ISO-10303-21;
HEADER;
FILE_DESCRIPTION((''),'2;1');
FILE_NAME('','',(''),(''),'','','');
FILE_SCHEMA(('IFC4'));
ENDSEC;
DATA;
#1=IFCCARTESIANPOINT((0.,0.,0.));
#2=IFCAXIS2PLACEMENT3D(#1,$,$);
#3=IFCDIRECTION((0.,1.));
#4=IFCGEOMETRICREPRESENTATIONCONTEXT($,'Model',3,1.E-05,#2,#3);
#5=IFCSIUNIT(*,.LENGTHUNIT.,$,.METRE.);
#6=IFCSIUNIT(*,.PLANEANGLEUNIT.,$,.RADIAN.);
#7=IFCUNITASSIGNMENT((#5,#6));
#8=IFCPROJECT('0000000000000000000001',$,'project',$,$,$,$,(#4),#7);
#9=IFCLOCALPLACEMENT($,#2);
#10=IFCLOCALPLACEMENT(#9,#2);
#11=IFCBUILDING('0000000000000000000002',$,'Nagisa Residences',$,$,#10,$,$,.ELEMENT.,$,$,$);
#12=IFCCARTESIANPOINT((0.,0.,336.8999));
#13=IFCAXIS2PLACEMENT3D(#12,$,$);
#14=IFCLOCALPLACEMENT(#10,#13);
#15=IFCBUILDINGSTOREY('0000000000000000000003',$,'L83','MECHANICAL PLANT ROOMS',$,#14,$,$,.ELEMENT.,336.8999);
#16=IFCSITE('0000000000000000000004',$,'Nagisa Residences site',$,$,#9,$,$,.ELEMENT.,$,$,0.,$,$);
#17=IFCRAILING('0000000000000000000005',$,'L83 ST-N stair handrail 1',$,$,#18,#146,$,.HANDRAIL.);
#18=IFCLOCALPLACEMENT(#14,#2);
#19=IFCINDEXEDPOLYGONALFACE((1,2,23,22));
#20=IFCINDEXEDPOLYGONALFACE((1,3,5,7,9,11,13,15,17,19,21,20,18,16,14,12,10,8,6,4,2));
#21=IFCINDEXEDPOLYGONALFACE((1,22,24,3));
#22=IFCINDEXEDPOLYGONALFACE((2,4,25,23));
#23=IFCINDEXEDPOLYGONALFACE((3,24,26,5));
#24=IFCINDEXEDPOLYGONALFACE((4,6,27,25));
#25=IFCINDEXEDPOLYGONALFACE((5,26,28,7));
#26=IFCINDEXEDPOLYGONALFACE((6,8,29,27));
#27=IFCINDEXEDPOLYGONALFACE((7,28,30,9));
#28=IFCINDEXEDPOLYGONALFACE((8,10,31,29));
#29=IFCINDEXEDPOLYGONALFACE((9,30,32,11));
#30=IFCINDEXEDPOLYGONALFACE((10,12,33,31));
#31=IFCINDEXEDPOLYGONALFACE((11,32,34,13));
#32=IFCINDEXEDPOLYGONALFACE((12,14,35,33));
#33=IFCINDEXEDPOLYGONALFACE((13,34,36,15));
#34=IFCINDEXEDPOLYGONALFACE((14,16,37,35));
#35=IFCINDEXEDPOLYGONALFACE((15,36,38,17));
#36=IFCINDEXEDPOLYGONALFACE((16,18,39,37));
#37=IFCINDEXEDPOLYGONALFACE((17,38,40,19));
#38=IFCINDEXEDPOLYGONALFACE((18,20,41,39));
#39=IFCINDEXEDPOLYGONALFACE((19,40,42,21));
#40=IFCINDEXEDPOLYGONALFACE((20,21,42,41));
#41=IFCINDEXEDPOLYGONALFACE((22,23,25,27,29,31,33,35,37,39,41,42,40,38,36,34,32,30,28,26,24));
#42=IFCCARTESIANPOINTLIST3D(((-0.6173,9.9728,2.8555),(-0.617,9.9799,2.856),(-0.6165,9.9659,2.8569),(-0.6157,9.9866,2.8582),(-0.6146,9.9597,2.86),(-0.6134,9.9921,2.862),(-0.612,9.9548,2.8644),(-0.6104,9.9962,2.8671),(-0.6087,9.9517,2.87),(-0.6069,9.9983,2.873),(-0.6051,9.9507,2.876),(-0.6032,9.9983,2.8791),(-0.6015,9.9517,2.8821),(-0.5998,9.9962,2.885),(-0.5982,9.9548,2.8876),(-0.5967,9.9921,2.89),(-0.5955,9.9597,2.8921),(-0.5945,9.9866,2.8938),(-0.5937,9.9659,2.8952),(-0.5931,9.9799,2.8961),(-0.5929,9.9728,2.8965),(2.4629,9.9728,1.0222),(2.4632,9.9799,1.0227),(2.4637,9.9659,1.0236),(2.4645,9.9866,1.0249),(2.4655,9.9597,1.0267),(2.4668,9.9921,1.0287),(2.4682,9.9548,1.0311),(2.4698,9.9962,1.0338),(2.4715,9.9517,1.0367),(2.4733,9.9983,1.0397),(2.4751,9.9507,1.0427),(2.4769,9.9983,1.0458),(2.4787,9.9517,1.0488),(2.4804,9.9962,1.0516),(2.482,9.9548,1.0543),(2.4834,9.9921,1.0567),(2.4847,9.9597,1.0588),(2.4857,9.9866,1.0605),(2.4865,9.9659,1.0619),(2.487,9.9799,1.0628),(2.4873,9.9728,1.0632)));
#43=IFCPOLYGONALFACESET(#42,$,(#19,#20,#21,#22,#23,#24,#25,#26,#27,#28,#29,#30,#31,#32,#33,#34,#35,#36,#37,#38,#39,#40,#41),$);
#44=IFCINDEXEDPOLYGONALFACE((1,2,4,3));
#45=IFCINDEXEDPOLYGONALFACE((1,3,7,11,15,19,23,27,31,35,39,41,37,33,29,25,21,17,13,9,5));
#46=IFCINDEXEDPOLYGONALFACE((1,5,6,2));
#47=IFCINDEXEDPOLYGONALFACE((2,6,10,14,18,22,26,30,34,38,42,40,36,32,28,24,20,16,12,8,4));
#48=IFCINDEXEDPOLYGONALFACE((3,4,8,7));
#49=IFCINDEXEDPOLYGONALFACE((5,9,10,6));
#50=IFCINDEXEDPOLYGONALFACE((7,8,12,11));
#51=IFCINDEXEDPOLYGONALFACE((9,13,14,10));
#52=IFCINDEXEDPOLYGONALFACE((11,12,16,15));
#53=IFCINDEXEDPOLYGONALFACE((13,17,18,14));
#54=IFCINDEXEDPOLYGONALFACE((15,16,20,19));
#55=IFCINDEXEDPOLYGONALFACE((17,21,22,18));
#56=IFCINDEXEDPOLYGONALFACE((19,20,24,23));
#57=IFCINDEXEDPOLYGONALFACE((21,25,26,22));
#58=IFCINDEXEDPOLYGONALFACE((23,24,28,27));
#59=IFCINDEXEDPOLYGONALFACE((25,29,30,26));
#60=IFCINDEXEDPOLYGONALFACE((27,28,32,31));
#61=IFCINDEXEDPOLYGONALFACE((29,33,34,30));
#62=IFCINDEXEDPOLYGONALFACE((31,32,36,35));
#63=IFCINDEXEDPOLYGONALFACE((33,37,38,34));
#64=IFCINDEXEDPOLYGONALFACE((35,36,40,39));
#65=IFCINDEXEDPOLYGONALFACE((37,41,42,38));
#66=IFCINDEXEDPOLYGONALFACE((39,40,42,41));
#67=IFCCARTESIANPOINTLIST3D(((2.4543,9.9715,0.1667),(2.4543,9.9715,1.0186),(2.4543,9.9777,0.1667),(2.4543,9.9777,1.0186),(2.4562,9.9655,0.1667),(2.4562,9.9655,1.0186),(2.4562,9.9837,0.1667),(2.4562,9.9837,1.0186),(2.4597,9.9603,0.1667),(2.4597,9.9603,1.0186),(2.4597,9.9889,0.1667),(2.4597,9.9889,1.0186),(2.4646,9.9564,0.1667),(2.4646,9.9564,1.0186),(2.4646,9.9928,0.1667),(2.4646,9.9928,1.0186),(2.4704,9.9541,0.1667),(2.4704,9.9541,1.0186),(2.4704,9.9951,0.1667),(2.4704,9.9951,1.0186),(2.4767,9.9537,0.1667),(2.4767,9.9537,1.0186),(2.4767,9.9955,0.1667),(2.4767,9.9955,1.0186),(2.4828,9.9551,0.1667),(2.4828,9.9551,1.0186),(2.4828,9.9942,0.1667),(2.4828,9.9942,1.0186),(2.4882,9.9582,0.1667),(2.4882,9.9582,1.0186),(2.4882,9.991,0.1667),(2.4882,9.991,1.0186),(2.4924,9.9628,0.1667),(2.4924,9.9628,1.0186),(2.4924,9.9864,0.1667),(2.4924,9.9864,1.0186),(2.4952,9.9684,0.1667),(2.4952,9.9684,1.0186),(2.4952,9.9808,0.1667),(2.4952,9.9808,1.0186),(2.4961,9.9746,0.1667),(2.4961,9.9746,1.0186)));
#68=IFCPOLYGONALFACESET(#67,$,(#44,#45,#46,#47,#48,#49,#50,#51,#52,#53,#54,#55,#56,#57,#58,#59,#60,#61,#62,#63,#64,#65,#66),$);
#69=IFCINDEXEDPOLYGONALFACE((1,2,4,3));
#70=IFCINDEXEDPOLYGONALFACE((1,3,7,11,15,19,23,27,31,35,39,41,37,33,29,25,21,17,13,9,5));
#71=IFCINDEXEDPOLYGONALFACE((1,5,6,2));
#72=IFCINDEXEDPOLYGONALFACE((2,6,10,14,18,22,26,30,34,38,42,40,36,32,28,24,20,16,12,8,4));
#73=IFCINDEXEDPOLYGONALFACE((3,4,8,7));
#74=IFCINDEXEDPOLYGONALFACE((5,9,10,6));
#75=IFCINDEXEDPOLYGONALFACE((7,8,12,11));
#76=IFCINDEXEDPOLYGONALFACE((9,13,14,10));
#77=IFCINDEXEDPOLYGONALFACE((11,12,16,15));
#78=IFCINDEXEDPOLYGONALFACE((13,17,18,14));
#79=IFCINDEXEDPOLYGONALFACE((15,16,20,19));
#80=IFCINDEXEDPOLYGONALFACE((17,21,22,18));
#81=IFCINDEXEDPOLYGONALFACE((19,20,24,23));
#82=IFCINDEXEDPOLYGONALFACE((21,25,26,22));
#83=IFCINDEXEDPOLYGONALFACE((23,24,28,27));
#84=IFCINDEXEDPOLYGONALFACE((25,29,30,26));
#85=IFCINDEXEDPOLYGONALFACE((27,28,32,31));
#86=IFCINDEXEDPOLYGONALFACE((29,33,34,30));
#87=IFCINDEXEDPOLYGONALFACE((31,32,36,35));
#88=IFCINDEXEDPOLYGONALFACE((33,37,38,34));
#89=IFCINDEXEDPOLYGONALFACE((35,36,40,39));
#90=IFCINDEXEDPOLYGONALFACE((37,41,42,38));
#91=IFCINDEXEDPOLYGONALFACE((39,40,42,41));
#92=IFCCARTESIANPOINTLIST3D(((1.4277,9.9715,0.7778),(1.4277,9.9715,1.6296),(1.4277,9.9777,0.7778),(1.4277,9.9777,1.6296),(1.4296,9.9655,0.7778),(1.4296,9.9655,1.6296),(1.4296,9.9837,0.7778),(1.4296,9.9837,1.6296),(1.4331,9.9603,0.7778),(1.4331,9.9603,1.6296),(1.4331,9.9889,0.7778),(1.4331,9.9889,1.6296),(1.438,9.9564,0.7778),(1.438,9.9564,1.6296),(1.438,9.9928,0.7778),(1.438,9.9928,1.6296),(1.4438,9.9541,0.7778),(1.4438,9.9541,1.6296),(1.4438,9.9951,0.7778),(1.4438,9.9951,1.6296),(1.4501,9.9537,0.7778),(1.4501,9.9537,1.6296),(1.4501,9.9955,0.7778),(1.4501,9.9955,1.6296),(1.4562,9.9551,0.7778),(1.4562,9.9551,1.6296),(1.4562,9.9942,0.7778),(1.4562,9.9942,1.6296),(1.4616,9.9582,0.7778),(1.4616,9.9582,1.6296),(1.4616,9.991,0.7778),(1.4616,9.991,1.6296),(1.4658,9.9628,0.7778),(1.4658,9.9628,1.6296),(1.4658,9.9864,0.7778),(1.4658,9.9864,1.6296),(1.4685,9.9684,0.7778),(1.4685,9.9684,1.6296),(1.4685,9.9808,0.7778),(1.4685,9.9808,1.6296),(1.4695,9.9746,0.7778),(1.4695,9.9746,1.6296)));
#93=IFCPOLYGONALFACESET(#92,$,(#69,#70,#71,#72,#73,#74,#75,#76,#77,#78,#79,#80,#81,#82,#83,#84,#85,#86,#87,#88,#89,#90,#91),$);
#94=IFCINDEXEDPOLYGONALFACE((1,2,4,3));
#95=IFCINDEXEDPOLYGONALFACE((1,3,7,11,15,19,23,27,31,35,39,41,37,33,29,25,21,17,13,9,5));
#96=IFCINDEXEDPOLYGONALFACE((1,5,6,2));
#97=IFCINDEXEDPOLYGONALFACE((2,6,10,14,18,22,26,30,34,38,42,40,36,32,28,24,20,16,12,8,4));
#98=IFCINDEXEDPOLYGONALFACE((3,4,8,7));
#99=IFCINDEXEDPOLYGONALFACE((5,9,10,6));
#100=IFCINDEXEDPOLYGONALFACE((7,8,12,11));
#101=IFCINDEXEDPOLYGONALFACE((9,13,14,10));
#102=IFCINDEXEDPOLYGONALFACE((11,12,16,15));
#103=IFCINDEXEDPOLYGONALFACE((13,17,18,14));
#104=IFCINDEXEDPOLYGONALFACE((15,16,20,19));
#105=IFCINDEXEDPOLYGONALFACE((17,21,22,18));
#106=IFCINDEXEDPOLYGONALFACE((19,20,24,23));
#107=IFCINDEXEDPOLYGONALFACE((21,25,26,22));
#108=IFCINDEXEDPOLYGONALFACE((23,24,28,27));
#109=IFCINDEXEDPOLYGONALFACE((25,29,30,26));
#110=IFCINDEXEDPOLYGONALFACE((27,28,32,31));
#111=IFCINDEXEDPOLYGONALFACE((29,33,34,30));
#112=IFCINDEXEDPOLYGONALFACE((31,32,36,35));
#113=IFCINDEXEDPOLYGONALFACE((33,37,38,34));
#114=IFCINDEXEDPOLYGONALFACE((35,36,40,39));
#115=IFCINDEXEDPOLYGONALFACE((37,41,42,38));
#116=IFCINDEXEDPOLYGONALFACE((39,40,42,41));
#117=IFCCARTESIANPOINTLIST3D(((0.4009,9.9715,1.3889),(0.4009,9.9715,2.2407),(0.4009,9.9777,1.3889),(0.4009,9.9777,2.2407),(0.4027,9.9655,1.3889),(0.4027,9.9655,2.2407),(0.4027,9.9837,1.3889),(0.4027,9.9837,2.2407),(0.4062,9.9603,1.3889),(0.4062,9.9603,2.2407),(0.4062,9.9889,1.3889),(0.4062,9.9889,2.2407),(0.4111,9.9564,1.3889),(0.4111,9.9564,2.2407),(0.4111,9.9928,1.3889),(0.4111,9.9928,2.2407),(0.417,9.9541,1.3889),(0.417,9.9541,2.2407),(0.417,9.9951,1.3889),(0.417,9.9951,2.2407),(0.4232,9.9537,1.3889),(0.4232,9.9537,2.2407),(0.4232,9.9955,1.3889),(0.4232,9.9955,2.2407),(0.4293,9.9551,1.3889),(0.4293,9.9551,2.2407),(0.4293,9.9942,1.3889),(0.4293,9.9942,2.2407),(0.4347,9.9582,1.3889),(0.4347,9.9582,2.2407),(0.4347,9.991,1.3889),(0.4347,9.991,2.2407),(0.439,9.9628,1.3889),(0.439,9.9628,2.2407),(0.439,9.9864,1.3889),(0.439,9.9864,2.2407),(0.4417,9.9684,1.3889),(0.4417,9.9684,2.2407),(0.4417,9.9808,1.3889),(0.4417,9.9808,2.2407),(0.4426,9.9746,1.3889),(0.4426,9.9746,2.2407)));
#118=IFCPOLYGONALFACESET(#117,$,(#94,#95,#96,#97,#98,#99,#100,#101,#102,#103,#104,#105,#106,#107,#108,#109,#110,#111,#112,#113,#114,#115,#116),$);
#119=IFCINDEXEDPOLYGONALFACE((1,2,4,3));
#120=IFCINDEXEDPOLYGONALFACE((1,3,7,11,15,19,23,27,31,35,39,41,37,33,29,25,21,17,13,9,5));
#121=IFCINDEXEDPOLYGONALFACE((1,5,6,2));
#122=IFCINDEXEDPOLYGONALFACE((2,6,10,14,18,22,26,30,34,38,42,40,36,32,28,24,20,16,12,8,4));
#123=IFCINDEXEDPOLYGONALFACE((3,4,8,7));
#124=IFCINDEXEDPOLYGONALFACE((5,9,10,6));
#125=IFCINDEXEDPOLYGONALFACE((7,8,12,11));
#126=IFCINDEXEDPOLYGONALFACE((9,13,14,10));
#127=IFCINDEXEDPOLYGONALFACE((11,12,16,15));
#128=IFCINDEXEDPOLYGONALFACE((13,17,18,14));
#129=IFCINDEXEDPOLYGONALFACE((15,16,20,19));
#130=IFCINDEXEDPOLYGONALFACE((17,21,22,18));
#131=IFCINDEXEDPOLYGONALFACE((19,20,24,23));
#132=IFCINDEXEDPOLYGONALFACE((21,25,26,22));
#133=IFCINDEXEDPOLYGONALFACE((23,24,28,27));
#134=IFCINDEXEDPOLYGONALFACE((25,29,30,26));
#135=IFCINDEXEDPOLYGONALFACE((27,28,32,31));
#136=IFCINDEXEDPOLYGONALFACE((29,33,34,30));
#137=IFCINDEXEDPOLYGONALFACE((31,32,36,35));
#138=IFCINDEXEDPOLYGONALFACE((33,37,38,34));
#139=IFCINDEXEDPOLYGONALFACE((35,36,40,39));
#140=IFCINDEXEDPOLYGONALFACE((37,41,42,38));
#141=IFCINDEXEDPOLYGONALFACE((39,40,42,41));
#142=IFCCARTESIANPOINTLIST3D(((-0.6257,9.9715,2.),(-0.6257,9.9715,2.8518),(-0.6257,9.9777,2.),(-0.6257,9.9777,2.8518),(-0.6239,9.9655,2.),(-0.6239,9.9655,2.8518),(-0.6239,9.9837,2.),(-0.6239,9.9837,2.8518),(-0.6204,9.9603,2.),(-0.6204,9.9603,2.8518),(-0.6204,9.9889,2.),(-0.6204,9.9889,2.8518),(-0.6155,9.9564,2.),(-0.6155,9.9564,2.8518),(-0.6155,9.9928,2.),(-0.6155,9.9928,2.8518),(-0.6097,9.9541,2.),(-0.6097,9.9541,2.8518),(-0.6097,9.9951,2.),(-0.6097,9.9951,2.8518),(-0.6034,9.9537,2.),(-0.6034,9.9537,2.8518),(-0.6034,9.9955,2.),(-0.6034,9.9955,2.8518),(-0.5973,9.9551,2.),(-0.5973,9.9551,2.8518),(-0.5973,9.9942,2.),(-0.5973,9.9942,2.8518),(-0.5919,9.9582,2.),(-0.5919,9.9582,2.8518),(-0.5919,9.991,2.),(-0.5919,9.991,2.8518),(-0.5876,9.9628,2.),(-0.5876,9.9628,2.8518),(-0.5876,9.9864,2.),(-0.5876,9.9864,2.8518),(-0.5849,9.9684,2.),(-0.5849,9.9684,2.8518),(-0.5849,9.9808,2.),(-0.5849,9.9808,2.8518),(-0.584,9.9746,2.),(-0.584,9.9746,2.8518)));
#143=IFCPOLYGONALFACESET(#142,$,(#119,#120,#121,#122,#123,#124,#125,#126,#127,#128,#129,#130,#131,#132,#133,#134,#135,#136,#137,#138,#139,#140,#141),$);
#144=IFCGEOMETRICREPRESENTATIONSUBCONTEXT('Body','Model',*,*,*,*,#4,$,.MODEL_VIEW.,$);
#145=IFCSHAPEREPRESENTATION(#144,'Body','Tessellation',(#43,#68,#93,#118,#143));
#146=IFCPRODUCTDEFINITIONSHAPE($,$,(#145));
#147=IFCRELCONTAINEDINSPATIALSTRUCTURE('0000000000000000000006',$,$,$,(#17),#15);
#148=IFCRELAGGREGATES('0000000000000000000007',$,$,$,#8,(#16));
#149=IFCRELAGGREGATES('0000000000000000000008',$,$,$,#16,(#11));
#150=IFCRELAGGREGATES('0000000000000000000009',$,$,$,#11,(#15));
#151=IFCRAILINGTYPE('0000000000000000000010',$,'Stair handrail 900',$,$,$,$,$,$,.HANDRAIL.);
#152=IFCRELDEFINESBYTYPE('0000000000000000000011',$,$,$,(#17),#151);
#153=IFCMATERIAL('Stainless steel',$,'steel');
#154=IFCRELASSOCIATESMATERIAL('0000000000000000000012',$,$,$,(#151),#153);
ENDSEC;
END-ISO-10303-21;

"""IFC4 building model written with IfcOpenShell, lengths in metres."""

from ifc_helpers import new_model, si_unit, direction, frame, origin, origin_2d, place, context, subcontext, project, spatial, circle, extrude, material, type_object, element, save


model = new_model("IFC4")

# Units and contexts
model_context = context("Model", 3, precision=1e-05, world=origin(), true_north=direction((0.0, 1.0)))
body_context = subcontext(model_context, "Body", "Model", "MODEL_VIEW")
ifc_project = project(units=[si_unit("LENGTHUNIT", "METRE"), si_unit("PLANEANGLEUNIT", "RADIAN")], contexts=[model_context])

# Site, building, storey
site_placement = place(None, origin())
site = spatial("IfcSite", under=ifc_project, at=site_placement, Name="Nagisa Residences site", CompositionType="ELEMENT", RefElevation=0.0)
building_placement = place(site_placement, origin())
building = spatial("IfcBuilding", under=site, at=building_placement, Name="Nagisa Residences", CompositionType="ELEMENT")
storey_placement = place(building_placement, frame((0.0, 0.0, 336.8999)))
storey = spatial("IfcBuildingStorey", under=building, at=storey_placement, Name="L83", Description="MECHANICAL PLANT ROOMS", CompositionType="ELEMENT", Elevation=336.8999)

# Railing
ifc_material_1 = material(Name="Stainless steel", Category="steel")
railing_type = type_object("IfcRailingType", Name="Stair handrail 900", PredefinedType="HANDRAIL", material=ifc_material_1)
railing_placement = place(storey_placement, frame((2.4751, 9.9746, 0.1667)))
element("IfcRailing", 1, at=railing_placement, inside=storey, type_object=railing_type, Name="L83 ST-N stair handrail 1", PredefinedType="HANDRAIL", context=body_context, shape_type="SweptSolid", body=[
    extrude(circle(Radius=0.0239, at=origin_2d()), frame((0.0, 0.0, 0.876), z_axis=(-0.859309, 0.0, 0.511458), x_axis=(0.0, -1.0, 0.0)), (0.0, 0.0, 1.0), 3.5845),
    extrude(circle(Radius=0.021, at=origin_2d()), origin(), (0.0, 0.0, 1.0), 0.8518),
    extrude(circle(Radius=0.021, at=origin_2d()), frame((-1.0266, 0.0, 0.6111)), (0.0, 0.0, 1.0), 0.8518),
    extrude(circle(Radius=0.021, at=origin_2d()), frame((-2.0535, 0.0, 1.2222)), (0.0, 0.0, 1.0), 0.8518),
    extrude(circle(Radius=0.021, at=origin_2d()), frame((-3.0801, 0.0, 1.8333)), (0.0, 0.0, 1.0), 0.8518),
])

save(model, "model.ifc")
